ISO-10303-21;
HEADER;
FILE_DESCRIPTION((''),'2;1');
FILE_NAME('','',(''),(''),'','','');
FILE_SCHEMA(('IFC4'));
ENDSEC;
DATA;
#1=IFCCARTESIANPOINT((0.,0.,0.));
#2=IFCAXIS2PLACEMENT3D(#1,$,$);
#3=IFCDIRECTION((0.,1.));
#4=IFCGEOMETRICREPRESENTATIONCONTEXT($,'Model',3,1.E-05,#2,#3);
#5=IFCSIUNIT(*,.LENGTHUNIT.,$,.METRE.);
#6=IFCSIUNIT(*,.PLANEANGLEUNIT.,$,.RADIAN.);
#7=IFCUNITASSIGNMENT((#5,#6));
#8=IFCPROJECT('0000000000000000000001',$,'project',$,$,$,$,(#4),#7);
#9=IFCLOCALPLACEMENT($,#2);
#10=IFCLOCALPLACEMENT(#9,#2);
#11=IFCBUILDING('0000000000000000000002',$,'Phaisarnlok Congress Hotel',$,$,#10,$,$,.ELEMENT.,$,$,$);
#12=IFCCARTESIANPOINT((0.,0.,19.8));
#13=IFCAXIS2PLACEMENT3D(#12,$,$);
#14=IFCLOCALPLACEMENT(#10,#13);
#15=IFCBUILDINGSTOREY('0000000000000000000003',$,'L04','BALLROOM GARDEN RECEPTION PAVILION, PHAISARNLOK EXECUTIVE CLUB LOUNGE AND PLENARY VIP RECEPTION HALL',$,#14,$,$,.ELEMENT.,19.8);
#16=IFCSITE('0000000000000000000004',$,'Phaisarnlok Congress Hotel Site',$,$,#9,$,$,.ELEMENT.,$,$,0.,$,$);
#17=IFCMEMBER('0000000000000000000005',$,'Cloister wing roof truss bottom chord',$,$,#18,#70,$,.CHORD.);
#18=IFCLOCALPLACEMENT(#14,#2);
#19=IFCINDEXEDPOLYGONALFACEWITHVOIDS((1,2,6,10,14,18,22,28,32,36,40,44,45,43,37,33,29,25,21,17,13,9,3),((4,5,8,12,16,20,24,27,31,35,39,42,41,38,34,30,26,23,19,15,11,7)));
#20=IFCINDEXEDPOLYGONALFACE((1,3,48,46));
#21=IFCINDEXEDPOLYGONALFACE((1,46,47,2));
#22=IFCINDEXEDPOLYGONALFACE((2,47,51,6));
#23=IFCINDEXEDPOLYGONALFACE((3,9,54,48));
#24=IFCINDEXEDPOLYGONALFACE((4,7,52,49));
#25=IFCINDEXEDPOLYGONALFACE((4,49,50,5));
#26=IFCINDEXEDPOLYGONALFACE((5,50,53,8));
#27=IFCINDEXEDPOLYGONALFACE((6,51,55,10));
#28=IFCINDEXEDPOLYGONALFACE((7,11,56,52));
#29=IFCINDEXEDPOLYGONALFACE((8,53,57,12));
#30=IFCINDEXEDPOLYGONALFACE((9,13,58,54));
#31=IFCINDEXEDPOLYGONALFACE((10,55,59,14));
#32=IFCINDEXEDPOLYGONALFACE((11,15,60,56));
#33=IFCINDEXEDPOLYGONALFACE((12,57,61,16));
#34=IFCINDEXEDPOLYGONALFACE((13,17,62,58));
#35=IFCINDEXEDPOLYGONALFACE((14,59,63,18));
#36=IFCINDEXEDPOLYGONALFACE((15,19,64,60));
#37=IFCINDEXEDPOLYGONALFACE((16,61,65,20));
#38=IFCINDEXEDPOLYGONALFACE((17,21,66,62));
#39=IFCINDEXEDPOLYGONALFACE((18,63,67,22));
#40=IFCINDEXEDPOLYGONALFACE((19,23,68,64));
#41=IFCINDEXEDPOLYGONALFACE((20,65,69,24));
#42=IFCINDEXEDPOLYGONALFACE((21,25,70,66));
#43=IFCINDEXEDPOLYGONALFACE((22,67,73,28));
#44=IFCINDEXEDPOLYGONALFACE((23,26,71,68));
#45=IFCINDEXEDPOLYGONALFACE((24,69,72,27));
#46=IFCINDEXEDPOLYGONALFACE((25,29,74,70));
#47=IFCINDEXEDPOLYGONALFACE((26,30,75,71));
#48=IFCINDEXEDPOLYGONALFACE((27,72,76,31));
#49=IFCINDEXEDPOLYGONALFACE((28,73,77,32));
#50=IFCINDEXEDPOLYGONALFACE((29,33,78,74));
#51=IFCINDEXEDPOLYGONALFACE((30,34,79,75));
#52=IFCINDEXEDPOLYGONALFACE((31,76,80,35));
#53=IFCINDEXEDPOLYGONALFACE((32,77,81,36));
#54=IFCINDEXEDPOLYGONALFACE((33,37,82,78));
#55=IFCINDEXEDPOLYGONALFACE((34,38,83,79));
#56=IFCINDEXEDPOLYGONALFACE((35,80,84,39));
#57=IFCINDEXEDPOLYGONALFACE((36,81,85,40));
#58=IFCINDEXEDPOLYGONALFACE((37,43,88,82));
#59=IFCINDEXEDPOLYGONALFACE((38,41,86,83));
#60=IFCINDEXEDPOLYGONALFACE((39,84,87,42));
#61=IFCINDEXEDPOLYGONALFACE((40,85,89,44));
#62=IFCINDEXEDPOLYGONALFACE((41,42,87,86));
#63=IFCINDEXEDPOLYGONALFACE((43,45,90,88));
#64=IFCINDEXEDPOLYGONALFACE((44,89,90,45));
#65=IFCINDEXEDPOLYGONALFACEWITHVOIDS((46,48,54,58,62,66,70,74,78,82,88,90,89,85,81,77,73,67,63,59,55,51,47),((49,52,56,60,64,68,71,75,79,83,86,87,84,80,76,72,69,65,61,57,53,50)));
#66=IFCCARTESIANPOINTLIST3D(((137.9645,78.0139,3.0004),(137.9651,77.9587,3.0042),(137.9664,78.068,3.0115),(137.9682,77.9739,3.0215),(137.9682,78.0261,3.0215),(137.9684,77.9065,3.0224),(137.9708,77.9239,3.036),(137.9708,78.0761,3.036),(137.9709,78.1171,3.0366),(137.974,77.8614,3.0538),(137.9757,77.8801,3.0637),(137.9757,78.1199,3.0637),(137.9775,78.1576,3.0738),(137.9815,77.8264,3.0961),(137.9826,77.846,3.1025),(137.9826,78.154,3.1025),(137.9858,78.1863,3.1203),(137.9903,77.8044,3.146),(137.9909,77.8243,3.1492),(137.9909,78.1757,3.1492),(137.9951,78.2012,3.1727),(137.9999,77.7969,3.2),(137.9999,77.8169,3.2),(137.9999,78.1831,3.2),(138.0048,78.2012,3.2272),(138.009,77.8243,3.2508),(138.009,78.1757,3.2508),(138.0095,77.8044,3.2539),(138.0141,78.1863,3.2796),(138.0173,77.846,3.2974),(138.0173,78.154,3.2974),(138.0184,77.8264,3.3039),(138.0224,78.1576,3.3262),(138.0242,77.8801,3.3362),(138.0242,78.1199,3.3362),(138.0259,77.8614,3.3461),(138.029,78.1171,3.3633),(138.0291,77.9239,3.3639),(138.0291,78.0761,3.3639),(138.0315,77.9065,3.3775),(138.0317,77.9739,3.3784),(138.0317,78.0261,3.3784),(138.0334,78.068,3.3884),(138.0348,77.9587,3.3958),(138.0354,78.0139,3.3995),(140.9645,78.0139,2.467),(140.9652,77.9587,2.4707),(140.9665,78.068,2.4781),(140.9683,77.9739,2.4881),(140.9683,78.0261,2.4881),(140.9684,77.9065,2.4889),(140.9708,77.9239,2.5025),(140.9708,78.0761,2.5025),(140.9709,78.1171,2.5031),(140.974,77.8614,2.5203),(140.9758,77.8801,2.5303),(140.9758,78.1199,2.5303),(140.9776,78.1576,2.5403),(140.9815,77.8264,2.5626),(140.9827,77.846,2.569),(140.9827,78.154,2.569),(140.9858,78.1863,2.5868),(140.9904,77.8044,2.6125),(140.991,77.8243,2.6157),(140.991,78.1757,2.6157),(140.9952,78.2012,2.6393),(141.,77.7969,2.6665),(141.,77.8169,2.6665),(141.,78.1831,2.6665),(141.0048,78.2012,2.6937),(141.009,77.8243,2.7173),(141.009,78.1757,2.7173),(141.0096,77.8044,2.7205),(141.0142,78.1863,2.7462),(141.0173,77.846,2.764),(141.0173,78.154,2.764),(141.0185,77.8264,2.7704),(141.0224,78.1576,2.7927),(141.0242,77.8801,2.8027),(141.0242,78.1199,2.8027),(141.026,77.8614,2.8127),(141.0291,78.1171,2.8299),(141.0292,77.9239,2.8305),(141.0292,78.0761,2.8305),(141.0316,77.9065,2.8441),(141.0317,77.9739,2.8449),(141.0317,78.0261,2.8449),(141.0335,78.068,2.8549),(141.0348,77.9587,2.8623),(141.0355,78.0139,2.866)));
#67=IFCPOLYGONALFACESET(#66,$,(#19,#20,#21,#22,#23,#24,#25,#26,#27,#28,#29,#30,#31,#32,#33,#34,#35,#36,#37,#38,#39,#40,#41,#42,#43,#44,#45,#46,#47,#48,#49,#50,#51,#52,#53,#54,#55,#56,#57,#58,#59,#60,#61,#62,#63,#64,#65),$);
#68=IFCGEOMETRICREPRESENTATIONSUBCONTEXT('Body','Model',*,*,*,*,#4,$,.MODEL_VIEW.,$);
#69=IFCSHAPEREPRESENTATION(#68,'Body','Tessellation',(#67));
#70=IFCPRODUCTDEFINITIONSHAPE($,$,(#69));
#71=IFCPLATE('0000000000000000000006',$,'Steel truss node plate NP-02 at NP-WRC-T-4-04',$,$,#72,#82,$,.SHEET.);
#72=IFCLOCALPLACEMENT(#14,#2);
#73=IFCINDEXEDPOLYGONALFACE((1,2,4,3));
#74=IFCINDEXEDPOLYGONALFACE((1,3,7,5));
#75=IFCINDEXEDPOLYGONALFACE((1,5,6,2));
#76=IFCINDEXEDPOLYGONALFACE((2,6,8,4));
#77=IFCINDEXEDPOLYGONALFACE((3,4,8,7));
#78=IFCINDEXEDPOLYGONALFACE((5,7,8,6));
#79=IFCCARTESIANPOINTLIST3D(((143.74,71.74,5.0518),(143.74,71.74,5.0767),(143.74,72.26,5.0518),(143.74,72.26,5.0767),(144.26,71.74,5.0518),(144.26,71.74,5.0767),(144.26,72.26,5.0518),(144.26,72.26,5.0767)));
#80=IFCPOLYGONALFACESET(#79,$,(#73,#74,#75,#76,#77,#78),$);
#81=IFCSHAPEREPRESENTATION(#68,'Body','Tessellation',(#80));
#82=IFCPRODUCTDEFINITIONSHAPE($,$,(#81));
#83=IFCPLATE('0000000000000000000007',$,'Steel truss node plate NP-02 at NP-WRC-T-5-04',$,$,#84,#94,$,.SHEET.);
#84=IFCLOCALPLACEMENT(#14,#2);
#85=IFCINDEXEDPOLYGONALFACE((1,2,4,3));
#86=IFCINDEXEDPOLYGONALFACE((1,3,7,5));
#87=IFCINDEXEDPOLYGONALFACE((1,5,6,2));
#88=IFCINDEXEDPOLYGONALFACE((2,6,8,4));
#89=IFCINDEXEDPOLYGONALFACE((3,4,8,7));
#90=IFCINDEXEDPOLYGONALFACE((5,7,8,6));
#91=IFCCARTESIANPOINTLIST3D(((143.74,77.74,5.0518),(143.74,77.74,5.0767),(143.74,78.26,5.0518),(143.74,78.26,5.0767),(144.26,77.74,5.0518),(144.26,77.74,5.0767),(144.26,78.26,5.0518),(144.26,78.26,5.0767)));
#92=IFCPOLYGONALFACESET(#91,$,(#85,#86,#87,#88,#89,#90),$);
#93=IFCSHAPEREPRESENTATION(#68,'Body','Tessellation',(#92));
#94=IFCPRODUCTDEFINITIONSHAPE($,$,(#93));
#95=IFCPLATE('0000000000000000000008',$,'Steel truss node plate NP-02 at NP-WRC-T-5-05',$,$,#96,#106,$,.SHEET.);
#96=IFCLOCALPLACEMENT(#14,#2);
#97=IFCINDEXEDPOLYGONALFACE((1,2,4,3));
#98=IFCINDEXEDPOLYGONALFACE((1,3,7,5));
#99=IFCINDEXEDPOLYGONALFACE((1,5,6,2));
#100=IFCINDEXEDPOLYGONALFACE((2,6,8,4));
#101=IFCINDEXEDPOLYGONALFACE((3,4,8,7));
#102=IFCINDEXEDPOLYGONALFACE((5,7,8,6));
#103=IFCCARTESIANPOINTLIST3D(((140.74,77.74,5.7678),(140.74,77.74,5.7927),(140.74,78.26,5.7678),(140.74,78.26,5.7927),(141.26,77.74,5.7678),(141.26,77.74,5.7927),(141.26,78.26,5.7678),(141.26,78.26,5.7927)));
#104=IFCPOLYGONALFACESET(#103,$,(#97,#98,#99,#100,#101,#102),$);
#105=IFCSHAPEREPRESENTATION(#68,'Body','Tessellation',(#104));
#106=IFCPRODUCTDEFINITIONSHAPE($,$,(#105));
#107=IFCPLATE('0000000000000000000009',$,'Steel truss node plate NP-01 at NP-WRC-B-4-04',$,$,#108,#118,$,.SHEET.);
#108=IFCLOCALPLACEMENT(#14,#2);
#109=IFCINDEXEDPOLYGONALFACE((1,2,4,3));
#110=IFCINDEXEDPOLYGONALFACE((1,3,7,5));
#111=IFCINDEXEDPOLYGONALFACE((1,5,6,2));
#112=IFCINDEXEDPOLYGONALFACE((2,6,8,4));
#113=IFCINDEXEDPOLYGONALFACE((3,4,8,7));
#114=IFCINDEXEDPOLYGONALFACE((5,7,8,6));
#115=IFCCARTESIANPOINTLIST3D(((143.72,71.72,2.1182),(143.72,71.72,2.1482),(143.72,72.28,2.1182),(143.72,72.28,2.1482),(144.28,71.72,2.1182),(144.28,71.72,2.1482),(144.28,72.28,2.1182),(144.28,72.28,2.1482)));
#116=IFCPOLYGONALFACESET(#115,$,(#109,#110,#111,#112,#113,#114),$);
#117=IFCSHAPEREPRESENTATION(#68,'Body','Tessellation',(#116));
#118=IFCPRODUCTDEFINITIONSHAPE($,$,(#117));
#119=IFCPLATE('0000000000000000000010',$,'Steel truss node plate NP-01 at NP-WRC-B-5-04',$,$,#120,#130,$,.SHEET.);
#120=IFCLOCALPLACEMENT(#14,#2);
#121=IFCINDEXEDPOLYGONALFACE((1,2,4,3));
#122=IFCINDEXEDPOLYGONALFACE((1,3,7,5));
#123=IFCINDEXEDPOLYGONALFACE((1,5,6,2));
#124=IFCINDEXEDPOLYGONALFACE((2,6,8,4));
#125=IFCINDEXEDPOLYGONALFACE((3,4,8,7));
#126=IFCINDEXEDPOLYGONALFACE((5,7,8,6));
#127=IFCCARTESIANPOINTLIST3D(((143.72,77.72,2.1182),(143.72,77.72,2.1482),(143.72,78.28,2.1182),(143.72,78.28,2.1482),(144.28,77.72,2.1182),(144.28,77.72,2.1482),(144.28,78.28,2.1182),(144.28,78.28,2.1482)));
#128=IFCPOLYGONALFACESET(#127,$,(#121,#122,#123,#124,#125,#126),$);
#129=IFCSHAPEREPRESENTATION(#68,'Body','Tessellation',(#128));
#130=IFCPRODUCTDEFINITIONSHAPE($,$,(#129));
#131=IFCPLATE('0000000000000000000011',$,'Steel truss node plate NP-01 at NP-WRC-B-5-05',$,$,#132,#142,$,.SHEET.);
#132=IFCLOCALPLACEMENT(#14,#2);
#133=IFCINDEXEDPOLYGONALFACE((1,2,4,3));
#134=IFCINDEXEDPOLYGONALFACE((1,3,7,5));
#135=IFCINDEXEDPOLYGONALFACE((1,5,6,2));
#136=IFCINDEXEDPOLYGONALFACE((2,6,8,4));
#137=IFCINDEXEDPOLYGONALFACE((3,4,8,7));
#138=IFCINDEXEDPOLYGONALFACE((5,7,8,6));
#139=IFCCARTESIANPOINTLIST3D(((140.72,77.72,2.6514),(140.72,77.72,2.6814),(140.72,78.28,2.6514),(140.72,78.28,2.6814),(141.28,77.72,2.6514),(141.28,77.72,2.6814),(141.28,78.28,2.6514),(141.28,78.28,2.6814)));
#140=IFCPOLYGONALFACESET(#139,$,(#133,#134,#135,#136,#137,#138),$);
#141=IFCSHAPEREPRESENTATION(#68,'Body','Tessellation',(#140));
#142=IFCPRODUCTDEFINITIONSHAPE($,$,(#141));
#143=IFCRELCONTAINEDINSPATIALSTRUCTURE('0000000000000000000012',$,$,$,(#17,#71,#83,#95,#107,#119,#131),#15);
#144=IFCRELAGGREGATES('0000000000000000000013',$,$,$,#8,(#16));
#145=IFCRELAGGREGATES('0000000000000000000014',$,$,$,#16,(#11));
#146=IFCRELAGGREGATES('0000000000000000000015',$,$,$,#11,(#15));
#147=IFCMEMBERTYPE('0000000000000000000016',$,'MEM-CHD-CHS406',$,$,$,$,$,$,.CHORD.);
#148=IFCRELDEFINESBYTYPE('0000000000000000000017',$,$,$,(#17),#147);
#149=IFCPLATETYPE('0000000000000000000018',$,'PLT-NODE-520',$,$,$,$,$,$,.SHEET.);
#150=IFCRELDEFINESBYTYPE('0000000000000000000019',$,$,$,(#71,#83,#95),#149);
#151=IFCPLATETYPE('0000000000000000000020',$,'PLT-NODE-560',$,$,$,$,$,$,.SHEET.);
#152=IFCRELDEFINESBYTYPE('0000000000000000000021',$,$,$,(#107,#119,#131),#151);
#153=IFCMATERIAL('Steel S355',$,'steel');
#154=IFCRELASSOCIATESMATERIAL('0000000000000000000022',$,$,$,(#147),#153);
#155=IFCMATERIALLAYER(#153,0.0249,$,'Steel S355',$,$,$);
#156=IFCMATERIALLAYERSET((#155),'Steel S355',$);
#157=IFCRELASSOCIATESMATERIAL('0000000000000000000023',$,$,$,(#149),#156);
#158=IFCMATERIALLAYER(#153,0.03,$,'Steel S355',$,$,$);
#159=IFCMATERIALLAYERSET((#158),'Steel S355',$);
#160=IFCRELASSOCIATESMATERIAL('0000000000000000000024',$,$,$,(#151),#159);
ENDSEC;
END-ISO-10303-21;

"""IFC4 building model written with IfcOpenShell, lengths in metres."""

from ifc_helpers import new_model, si_unit, direction, frame, origin, origin_2d, place, context, subcontext, project, spatial, rectangle, hollow_circle, extrude, material, layer, layer_set, material_profile, profile_set, type_object, element, save


model = new_model("IFC4")

# Units and contexts
model_context = context("Model", 3, precision=1e-05, world=origin(), true_north=direction((0.0, 1.0)))
body_context = subcontext(model_context, "Body", "Model", "MODEL_VIEW")
ifc_project = project(units=[si_unit("LENGTHUNIT", "METRE"), si_unit("PLANEANGLEUNIT", "RADIAN")], contexts=[model_context])

# Site, building, storey
site_placement = place(None, origin())
site = spatial("IfcSite", under=ifc_project, at=site_placement, Name="Phaisarnlok Congress Hotel Site", CompositionType="ELEMENT", RefElevation=0.0)
building_placement = place(site_placement, origin())
building = spatial("IfcBuilding", under=site, at=building_placement, Name="Phaisarnlok Congress Hotel", CompositionType="ELEMENT")
storey_placement = place(building_placement, frame((0.0, 0.0, 19.8)))
storey = spatial("IfcBuildingStorey", under=building, at=storey_placement, Name="L04", Description="BALLROOM GARDEN RECEPTION PAVILION, PHAISARNLOK EXECUTIVE CLUB LOUNGE AND PLENARY VIP RECEPTION HALL", CompositionType="ELEMENT", Elevation=19.8)

# Shared definitions
ifc_material = material(Name="Steel S355", Category="steel")

# Member
ifc_material_profile_1 = material_profile(ifc_material, hollow_circle(Radius=0.2031, WallThickness=0.02, at=origin_2d()), Name="CHS 406.4x20")
ifc_profile_set_1 = profile_set([ifc_material_profile_1], Name="Steel S355")
member_type_1 = type_object("IfcMemberType", Name="MEM-CHD-CHS406", PredefinedType="CHORD", material=ifc_profile_set_1)
for number, where, z_axis, x_axis, name in (
    (1, (141.0, 78.0, 2.6665), (-0.984556, 0.0, 0.17507), (0.0, -1.0, 0.0), "Cloister wing roof truss bottom chord"),
):
    element("IfcMember", number, at=place(storey_placement, frame(where, z_axis=z_axis, x_axis=x_axis)), inside=storey, type_object=member_type_1, Name=name, PredefinedType="CHORD", context=body_context, shape_type="SweptSolid", body=[
        extrude(hollow_circle(Radius=0.2031, WallThickness=0.02, at=origin_2d()), origin(), (0.0, 0.0, 1.0), 3.0471),
    ])

# Plates
ifc_layer_1 = layer(ifc_material, 0.0249, Name="Steel S355")
ifc_layer_set_1 = layer_set([ifc_layer_1], Name="Steel S355")
plate_type_1 = type_object("IfcPlateType", Name="PLT-NODE-520", PredefinedType="SHEET", material=ifc_layer_set_1)
for number, where, z_axis, x_axis, name in (
    (2, (144.0, 72.0, 5.0518), (0.0, 0.0, 1.0), (1.0, 0.0, 0.0), "Steel truss node plate NP-02 at NP-WRC-T-4-04"),
    (3, (144.0, 78.0, 5.0518), (0.0, 0.0, 1.0), (1.0, 0.0, 0.0), "Steel truss node plate NP-02 at NP-WRC-T-5-04"),
    (4, (141.0, 78.0, 5.7678), (0.0, 0.0, 1.0), (1.0, 0.0, 0.0), "Steel truss node plate NP-02 at NP-WRC-T-5-05"),
):
    element("IfcPlate", number, at=place(storey_placement, frame(where, z_axis=z_axis, x_axis=x_axis)), inside=storey, type_object=plate_type_1, Name=name, PredefinedType="SHEET", context=body_context, shape_type="SweptSolid", body=[
        extrude(rectangle(XDim=0.52, YDim=0.52, at=origin_2d()), origin(), (0.0, 0.0, 1.0), 0.0249),
    ])
ifc_layer_2 = layer(ifc_material, 0.03, Name="Steel S355")
ifc_layer_set_2 = layer_set([ifc_layer_2], Name="Steel S355")
plate_type_2 = type_object("IfcPlateType", Name="PLT-NODE-560", PredefinedType="SHEET", material=ifc_layer_set_2)
for number, where, z_axis, x_axis, name in (
    (5, (144.0, 72.0, 2.1182), (0.0, 0.0, 1.0), (1.0, 0.0, 0.0), "Steel truss node plate NP-01 at NP-WRC-B-4-04"),
    (6, (144.0, 78.0, 2.1182), (0.0, 0.0, 1.0), (1.0, 0.0, 0.0), "Steel truss node plate NP-01 at NP-WRC-B-5-04"),
    (7, (141.0, 78.0, 2.6514), (0.0, 0.0, 1.0), (1.0, 0.0, 0.0), "Steel truss node plate NP-01 at NP-WRC-B-5-05"),
):
    element("IfcPlate", number, at=place(storey_placement, frame(where, z_axis=z_axis, x_axis=x_axis)), inside=storey, type_object=plate_type_2, Name=name, PredefinedType="SHEET", context=body_context, shape_type="SweptSolid", body=[
        extrude(rectangle(XDim=0.5601, YDim=0.5601, at=origin_2d()), origin(), (0.0, 0.0, 1.0), 0.03),
    ])

save(model, "model.ifc")
